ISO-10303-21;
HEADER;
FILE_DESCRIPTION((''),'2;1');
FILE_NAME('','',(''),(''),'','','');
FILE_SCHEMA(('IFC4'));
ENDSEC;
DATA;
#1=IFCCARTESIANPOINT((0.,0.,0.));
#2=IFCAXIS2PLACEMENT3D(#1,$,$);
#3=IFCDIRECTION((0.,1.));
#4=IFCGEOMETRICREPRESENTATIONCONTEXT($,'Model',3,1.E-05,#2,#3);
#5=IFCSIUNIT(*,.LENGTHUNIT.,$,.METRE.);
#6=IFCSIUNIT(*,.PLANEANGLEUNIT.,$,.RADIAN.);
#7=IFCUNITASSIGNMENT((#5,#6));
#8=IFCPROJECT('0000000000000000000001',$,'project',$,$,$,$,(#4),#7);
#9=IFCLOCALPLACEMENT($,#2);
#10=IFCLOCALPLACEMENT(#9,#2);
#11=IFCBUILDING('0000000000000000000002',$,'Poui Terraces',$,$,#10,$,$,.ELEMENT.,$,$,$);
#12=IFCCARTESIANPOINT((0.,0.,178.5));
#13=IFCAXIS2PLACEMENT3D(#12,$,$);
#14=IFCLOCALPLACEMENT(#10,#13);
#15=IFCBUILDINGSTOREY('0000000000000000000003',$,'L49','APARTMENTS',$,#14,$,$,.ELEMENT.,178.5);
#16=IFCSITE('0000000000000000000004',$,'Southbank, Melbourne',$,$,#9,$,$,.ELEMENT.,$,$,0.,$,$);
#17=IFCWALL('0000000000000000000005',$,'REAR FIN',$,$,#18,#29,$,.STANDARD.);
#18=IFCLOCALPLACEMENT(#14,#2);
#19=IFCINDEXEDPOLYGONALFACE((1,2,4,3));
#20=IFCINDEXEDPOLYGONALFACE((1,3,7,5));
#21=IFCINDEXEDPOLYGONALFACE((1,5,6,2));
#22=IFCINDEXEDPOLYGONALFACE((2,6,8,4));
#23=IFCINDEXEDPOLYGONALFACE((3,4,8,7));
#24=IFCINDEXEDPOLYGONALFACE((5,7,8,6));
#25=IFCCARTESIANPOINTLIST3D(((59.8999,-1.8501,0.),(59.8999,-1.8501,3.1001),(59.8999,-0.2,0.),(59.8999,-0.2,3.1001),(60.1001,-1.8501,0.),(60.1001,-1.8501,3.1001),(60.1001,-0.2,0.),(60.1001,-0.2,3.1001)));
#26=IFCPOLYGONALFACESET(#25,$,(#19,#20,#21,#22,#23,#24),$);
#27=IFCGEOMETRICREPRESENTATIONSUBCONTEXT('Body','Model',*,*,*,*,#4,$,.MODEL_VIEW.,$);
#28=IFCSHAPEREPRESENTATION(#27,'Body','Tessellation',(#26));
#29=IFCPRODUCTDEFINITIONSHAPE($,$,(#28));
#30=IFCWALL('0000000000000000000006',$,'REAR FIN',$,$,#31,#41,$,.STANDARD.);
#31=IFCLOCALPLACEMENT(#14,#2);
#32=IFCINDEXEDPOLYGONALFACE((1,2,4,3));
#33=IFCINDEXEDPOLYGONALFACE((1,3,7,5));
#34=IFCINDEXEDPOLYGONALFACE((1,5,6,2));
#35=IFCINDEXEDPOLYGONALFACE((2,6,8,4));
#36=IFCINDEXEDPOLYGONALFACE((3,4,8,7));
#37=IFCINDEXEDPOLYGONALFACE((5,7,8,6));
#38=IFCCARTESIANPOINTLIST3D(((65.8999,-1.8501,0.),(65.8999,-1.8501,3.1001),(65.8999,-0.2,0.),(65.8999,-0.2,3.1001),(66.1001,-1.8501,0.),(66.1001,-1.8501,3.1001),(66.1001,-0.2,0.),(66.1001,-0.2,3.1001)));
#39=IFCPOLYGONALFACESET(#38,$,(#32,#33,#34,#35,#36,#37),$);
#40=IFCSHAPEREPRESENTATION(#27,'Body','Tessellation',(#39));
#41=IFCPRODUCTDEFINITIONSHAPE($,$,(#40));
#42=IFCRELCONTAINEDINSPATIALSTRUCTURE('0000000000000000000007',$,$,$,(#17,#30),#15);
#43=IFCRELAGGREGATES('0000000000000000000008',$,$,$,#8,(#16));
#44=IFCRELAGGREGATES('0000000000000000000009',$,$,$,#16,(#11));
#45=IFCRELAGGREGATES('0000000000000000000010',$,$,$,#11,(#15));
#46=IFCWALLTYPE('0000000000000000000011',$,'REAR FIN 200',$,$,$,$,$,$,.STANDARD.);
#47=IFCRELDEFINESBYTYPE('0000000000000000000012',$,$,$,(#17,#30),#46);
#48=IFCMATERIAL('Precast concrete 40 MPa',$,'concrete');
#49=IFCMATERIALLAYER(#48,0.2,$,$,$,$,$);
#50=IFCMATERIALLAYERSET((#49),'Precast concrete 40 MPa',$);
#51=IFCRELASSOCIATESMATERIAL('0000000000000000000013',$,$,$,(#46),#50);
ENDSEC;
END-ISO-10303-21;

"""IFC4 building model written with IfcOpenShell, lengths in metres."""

from ifc_helpers import new_model, si_unit, direction, frame, origin, place, context, subcontext, project, spatial, polyline, outline, extrude, source, transform, mapped, material, layer, layer_set, type_object, element, save


model = new_model("IFC4")

# Units and contexts
model_context = context("Model", 3, precision=1e-05, world=origin(), true_north=direction((0.0, 1.0)))
body_context = subcontext(model_context, "Body", "Model", "MODEL_VIEW")
ifc_project = project(units=[si_unit("LENGTHUNIT", "METRE"), si_unit("PLANEANGLEUNIT", "RADIAN")], contexts=[model_context])

# Site, building, storey
site_placement = place(None, origin())
site = spatial("IfcSite", under=ifc_project, at=site_placement, Name="Southbank, Melbourne", CompositionType="ELEMENT", RefElevation=0.0)
building_placement = place(site_placement, origin())
building = spatial("IfcBuilding", under=site, at=building_placement, Name="Poui Terraces", CompositionType="ELEMENT")
storey_placement = place(building_placement, frame((0.0, 0.0, 178.5)))
storey = spatial("IfcBuildingStorey", under=building, at=storey_placement, Name="L49", Description="APARTMENTS", CompositionType="ELEMENT", Elevation=178.5)

# Shared definitions
ifc_material_1 = material(Name="Precast concrete 40 MPa", Category="concrete")

# Walls
ifc_layer_1 = layer(ifc_material_1, 0.2)
ifc_layer_set_1 = layer_set([ifc_layer_1], Name="Precast concrete 40 MPa")
wall_type_1 = type_object("IfcWallType", Name="REAR FIN 200", PredefinedType="STANDARD", material=ifc_layer_set_1)
shared_shape_1 = source(origin(), body_context, "Body", "SweptSolid", [
    extrude(outline(polyline([(0.0, 0.0), (0.2002, 0.0), (0.2002, 1.6501), (0.0, 1.6501), (0.0, 0.0)])), origin(), (0.0, 0.0, 1.0), 3.1001),
])
for number, where, name in (
    (1, (59.8999, -1.8501, 0.0), "REAR FIN"),
    (2, (65.8999, -1.8501, 0.0), "REAR FIN"),
):
    element("IfcWall", number, at=place(storey_placement, frame(where)), inside=storey, type_object=wall_type_1, Name=name, PredefinedType="STANDARD", context=body_context, shape_type="MappedRepresentation", body=[
        mapped(shared_shape_1, transform((0.0, 0.0, 0.0))),
    ])

save(model, "model.ifc")
